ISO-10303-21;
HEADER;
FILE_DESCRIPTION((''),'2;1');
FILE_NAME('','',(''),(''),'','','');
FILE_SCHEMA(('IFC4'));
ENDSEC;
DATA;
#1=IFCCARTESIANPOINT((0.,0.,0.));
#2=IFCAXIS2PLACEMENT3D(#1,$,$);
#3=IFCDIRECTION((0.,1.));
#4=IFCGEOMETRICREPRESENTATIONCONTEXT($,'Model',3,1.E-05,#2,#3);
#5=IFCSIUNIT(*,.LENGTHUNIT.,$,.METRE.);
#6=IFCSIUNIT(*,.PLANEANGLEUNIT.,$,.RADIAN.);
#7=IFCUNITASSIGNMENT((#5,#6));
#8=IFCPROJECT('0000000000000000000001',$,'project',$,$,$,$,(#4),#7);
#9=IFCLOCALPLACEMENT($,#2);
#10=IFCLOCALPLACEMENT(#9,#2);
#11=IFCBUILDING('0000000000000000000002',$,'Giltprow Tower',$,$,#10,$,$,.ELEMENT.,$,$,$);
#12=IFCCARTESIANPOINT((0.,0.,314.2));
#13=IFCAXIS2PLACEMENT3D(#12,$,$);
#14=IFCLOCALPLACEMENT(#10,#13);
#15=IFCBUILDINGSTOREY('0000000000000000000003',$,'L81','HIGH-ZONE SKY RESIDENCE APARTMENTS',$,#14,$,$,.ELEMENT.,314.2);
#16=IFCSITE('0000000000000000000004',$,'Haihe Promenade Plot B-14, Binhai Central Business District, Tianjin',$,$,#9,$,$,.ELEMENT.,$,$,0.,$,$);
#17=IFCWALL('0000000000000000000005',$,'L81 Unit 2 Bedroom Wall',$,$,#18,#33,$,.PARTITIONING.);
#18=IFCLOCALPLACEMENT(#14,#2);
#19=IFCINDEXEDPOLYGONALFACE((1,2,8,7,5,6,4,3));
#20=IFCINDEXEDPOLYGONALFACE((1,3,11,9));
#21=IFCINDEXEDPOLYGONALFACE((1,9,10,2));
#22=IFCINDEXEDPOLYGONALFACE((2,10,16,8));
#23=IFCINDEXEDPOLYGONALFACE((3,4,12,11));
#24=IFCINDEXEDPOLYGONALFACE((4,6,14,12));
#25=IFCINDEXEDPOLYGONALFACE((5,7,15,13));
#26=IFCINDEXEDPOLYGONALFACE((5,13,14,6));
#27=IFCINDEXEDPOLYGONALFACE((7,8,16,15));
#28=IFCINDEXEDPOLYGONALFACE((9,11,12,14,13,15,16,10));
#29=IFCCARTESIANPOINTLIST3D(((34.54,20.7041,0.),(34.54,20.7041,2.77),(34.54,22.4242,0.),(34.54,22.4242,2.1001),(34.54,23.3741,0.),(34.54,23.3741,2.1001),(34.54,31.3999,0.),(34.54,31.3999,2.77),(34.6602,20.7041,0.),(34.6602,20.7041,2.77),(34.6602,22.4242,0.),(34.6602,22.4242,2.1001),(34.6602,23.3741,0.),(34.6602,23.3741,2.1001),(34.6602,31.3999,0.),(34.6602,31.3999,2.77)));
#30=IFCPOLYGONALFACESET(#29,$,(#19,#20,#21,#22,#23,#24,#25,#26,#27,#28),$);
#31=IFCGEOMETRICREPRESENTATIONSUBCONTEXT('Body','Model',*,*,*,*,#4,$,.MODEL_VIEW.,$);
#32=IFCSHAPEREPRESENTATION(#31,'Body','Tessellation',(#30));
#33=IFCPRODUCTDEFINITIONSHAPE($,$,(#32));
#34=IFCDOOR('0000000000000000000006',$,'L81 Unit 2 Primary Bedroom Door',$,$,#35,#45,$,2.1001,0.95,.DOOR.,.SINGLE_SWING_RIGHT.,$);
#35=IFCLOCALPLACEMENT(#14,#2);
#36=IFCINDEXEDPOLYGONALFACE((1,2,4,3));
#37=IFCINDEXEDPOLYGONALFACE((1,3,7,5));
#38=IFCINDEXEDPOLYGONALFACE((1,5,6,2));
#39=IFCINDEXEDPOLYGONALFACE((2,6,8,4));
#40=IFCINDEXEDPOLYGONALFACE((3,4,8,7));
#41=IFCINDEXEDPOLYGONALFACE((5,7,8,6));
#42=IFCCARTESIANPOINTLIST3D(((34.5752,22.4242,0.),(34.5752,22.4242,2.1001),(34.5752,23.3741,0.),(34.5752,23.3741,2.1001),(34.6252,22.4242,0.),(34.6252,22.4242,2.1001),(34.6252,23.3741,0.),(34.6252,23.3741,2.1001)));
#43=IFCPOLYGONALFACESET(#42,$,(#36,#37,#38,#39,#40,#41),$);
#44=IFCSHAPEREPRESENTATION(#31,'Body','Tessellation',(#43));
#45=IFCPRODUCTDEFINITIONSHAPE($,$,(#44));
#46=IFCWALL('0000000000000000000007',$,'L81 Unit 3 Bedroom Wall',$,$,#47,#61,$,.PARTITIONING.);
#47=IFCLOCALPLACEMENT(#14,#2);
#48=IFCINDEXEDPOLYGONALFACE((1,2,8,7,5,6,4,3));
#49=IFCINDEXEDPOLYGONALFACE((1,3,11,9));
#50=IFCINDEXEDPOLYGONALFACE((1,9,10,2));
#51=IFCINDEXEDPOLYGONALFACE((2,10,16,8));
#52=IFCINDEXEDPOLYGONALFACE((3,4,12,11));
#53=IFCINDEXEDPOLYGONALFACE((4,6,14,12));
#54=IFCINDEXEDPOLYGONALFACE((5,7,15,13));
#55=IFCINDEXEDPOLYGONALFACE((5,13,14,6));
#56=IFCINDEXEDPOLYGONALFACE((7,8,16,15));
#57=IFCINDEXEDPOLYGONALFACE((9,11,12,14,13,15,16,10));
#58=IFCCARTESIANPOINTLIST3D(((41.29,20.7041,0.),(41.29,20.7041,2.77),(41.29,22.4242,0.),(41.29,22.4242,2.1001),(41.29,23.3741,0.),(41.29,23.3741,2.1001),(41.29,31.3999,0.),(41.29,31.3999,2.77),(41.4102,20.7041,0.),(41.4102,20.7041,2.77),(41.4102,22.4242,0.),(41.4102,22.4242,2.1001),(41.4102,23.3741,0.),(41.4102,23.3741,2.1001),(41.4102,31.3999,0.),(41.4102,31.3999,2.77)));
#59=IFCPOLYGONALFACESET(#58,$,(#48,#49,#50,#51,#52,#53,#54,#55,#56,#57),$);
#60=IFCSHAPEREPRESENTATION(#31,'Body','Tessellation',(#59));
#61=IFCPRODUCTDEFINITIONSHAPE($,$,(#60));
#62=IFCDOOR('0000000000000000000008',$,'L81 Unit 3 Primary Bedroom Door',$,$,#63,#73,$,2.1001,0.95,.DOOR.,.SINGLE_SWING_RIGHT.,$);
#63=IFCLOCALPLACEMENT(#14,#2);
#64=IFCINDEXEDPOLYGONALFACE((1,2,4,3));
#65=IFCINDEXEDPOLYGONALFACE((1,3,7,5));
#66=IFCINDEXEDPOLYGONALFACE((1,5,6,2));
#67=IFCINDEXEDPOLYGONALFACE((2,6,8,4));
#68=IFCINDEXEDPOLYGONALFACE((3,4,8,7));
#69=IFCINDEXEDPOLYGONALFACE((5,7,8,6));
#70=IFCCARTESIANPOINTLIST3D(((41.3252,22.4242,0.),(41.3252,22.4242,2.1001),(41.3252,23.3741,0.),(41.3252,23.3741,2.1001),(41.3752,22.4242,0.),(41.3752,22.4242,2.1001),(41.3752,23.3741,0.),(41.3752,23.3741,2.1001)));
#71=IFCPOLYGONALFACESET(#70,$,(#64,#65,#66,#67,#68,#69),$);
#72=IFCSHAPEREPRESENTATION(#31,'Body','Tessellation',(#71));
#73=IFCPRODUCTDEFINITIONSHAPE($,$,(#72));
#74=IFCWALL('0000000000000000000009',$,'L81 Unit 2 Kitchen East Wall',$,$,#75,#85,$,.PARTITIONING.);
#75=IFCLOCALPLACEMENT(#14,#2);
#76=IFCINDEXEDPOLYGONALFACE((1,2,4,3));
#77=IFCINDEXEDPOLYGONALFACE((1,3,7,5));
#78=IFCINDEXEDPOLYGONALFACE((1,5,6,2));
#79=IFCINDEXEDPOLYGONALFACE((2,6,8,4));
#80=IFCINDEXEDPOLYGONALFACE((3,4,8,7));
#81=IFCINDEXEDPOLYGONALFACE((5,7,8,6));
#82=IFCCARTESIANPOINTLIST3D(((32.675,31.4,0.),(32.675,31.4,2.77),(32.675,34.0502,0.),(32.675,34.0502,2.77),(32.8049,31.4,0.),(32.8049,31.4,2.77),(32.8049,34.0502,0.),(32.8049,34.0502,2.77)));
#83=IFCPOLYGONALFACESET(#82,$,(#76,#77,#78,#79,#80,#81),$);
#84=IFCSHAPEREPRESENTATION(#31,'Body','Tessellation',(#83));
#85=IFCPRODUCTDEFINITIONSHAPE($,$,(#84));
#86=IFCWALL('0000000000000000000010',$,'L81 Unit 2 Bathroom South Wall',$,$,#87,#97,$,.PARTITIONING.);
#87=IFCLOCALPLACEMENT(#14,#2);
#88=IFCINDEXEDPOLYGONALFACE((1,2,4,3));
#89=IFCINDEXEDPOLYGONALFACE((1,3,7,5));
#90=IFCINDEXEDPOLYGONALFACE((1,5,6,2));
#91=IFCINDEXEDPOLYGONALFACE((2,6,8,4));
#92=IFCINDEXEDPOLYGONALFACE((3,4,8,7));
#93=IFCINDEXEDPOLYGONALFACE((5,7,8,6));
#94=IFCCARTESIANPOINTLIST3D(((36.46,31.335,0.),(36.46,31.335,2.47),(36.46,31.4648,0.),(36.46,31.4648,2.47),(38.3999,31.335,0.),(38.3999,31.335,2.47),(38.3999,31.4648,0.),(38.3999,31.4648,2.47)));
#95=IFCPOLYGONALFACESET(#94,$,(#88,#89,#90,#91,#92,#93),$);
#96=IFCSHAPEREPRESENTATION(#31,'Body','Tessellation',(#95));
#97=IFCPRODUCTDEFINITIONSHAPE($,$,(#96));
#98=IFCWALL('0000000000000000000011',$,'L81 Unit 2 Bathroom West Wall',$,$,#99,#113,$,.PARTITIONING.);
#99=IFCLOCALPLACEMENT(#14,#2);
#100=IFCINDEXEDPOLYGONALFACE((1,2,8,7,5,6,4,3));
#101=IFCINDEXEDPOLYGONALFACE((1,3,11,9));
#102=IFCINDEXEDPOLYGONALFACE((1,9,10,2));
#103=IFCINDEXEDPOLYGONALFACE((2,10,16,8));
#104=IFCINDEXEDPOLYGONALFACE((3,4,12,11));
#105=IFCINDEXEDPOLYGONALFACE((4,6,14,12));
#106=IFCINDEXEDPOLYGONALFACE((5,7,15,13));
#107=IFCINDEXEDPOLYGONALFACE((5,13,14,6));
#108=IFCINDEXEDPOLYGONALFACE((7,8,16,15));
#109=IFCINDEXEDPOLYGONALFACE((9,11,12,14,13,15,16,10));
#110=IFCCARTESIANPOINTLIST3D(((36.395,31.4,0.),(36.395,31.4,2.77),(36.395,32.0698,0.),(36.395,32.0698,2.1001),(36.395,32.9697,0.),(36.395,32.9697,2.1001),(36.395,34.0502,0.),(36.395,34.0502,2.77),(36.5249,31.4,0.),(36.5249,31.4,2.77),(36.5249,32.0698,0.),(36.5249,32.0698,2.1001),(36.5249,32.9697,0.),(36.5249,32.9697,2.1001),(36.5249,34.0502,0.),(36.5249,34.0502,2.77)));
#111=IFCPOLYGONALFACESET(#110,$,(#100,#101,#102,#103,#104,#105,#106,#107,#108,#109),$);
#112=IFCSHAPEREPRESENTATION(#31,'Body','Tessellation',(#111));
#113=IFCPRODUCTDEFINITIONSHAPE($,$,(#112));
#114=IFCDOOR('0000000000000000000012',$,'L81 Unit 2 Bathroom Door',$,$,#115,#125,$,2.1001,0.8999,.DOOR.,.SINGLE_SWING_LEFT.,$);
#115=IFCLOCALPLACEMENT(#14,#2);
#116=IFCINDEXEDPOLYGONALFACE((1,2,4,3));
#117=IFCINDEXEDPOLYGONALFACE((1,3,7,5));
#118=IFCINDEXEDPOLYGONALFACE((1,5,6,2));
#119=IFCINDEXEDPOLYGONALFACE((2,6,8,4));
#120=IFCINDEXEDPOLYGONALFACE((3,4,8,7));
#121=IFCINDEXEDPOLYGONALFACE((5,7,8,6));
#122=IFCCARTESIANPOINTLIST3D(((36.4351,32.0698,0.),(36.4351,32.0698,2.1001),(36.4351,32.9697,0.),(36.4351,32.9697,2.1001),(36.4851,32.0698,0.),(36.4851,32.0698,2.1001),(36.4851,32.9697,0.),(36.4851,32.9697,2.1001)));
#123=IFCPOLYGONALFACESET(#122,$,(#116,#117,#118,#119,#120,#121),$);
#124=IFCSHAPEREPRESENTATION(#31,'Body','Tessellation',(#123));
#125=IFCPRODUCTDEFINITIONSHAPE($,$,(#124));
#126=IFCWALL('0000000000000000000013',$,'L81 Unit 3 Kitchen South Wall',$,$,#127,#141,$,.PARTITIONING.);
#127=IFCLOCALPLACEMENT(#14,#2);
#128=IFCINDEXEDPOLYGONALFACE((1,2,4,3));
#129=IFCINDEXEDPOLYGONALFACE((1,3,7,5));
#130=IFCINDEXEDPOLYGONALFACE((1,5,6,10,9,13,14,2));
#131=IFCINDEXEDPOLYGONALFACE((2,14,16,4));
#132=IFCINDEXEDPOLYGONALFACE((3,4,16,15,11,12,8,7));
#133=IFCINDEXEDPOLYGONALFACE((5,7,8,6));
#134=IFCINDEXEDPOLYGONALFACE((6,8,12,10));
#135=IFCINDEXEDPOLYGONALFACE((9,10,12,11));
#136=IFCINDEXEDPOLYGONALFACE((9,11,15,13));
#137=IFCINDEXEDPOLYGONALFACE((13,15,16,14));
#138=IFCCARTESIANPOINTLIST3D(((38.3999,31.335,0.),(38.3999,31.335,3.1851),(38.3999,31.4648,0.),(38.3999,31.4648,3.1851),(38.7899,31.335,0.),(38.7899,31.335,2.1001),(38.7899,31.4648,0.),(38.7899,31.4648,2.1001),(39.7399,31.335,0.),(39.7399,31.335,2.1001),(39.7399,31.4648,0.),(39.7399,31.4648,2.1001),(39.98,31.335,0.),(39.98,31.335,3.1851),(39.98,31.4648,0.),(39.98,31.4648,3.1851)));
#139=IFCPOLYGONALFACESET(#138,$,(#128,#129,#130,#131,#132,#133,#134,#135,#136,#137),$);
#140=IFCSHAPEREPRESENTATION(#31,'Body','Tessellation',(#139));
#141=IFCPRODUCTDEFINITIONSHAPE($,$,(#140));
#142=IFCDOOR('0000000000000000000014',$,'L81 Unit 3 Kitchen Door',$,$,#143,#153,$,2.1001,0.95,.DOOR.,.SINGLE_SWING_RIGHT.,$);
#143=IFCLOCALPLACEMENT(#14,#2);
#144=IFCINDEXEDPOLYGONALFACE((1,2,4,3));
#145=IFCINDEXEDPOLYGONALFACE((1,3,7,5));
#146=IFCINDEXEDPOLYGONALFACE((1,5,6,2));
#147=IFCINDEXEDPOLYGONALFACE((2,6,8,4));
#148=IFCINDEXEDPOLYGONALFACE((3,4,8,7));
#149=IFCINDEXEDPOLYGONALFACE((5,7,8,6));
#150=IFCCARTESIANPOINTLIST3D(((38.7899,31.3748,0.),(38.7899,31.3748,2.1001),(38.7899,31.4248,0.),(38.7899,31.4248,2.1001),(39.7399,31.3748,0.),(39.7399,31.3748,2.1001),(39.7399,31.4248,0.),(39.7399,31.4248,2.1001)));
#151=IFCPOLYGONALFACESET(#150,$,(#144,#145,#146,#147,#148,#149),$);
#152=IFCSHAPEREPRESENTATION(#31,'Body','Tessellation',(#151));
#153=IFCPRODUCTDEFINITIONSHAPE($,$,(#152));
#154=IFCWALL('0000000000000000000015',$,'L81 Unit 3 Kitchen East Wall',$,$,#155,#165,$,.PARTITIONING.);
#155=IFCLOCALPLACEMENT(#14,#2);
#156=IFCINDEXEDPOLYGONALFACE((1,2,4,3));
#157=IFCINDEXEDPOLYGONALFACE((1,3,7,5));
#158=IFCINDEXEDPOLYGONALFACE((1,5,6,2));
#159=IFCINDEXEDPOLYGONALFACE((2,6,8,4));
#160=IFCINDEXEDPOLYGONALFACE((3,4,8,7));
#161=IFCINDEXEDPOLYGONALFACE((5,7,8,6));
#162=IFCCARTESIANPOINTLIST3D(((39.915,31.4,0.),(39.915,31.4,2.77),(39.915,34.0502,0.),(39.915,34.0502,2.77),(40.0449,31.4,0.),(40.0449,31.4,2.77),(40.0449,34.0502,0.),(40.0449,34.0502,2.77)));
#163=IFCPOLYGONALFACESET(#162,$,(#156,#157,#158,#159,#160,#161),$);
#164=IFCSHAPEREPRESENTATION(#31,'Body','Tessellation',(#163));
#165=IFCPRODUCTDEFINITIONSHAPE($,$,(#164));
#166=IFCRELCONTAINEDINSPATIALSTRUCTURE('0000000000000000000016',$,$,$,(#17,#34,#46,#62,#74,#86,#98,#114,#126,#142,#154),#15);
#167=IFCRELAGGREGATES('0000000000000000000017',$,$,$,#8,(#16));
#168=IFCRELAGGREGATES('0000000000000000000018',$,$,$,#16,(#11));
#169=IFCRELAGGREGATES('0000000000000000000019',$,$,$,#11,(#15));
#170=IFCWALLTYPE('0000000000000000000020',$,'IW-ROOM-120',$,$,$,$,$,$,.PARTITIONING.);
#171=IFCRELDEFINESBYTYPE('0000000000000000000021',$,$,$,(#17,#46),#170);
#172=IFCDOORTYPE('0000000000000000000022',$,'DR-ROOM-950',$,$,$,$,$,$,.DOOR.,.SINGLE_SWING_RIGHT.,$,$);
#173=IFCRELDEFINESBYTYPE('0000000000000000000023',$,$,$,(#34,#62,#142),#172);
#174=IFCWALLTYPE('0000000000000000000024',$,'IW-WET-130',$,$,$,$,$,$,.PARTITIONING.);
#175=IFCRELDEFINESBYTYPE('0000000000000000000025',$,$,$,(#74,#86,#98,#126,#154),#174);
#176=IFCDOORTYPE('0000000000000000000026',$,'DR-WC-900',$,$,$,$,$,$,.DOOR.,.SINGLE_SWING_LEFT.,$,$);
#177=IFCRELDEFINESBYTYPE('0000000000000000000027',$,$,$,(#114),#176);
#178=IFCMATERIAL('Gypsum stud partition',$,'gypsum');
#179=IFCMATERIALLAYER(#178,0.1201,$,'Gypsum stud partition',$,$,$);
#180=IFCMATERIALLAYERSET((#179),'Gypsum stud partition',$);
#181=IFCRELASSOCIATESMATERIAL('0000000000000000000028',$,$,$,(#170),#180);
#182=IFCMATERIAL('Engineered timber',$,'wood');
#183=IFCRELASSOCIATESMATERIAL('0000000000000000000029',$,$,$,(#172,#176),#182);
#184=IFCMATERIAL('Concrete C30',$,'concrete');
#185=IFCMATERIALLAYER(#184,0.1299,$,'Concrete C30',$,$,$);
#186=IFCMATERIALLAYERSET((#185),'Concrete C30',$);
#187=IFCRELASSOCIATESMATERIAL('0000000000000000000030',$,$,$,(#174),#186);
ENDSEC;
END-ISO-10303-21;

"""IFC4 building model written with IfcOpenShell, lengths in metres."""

from ifc_helpers import new_model, si_unit, direction, frame, frame_2d, origin, place, context, subcontext, project, spatial, rectangle, extrude, source, transform, mapped, material, layer, layer_set, type_object, element, fill, save


model = new_model("IFC4")

# Units and contexts
model_context = context("Model", 3, precision=1e-05, world=origin(), true_north=direction((0.0, 1.0)))
body_context = subcontext(model_context, "Body", "Model", "MODEL_VIEW")
ifc_project = project(units=[si_unit("LENGTHUNIT", "METRE"), si_unit("PLANEANGLEUNIT", "RADIAN")], contexts=[model_context])

# Site, building, storey
site_placement = place(None, origin())
site = spatial("IfcSite", under=ifc_project, at=site_placement, Name="Haihe Promenade Plot B-14, Binhai Central Business District, Tianjin", CompositionType="ELEMENT", RefElevation=0.0)
building_placement = place(site_placement, origin())
building = spatial("IfcBuilding", under=site, at=building_placement, Name="Giltprow Tower", CompositionType="ELEMENT")
storey_placement = place(building_placement, frame((0.0, 0.0, 314.2)))
storey = spatial("IfcBuildingStorey", under=building, at=storey_placement, Name="L81", Description="HIGH-ZONE SKY RESIDENCE APARTMENTS", CompositionType="ELEMENT", Elevation=314.2)

# Shared definitions
ifc_material_1 = material(Name="Gypsum stud partition", Category="gypsum")
ifc_layer_1 = layer(ifc_material_1, 0.1201, Name="Gypsum stud partition")
ifc_layer_set_1 = layer_set([ifc_layer_1], Name="Gypsum stud partition")
wall_type_1 = type_object("IfcWallType", Name="IW-ROOM-120", PredefinedType="PARTITIONING", material=ifc_layer_set_1)

# Walls, openings, doors
wall_1_placement = place(storey_placement, frame((34.6001, 20.7041, 0.0), z_axis=(0.0, 0.0, 1.0), x_axis=(0.0, 1.0, 0.0)))
wall_1 = element("IfcWall", 1, at=wall_1_placement, inside=storey, type_object=wall_type_1, Name="L81 Unit 2 Bedroom Wall", PredefinedType="PARTITIONING", context=body_context, shape_type="SweptSolid", body=[
    extrude(rectangle(XDim=10.6958, YDim=0.1201, at=frame_2d((5.3479, 0.0))), origin(), (0.0, 0.0, 1.0), 2.77),
])
opening_1_placement = place(wall_1_placement, frame((1.72, 0.0, 0.0)))
opening_1 = element("IfcOpeningElement", 2, at=opening_1_placement, cuts=wall_1, PredefinedType="OPENING", context=body_context, shape_type="SweptSolid", body=[
    extrude(rectangle(XDim=0.95, YDim=2.1001, at=frame_2d((0.4751, 1.05))), frame((0.0, 0.0701, 0.0), z_axis=(0.0, -1.0, 0.0), x_axis=(1.0, 0.0, 0.0)), (0.0, 0.0, 1.0), 0.1401),
])
ifc_material_2 = material(Name="Engineered timber", Category="wood")
door_type_1 = type_object("IfcDoorType", Name="DR-ROOM-950", OperationType="SINGLE_SWING_RIGHT", PredefinedType="DOOR", material=ifc_material_2)
shared_shape_1 = source(origin(), body_context, "Body", "SweptSolid", [
    extrude(rectangle(XDim=0.95, YDim=2.1001, at=frame_2d((0.4751, 1.05))), frame((0.0, 0.0249, 0.0), z_axis=(0.0, -1.0, 0.0), x_axis=(1.0, 0.0, 0.0)), (0.0, 0.0, 1.0), 0.05),
])
door_1_placement = place(opening_1_placement, origin())
door_1 = element("IfcDoor", 3, at=door_1_placement, inside=storey, type_object=door_type_1, Name="L81 Unit 2 Primary Bedroom Door", OperationType="SINGLE_SWING_RIGHT", OverallHeight=2.1001, OverallWidth=0.95, PredefinedType="DOOR", context=body_context, shape_type="MappedRepresentation", body=[
    mapped(shared_shape_1, transform((0.0, 0.0, 0.0), x_axis=(1.0, 0.0, 0.0), y_axis=(0.0, 1.0, 0.0), z_axis=(0.0, 0.0, 1.0), scale=1.0)),
])
fill(opening_1, door_1)
wall_2_placement = place(storey_placement, frame((41.3501, 20.7041, 0.0), z_axis=(0.0, 0.0, 1.0), x_axis=(0.0, 1.0, 0.0)))
wall_2 = element("IfcWall", 4, at=wall_2_placement, inside=storey, type_object=wall_type_1, Name="L81 Unit 3 Bedroom Wall", PredefinedType="PARTITIONING", context=body_context, shape_type="SweptSolid", body=[
    extrude(rectangle(XDim=10.6958, YDim=0.1201, at=frame_2d((5.3479, 0.0))), origin(), (0.0, 0.0, 1.0), 2.77),
])
opening_2_placement = place(wall_2_placement, frame((1.72, 0.0, 0.0)))
opening_2 = element("IfcOpeningElement", 5, at=opening_2_placement, cuts=wall_2, PredefinedType="OPENING", context=body_context, shape_type="SweptSolid", body=[
    extrude(rectangle(XDim=0.95, YDim=2.1001, at=frame_2d((0.4751, 1.05))), frame((0.0, 0.0701, 0.0), z_axis=(0.0, -1.0, 0.0), x_axis=(1.0, 0.0, 0.0)), (0.0, 0.0, 1.0), 0.1401),
])
door_2_placement = place(opening_2_placement, origin())
door_2 = element("IfcDoor", 6, at=door_2_placement, inside=storey, type_object=door_type_1, Name="L81 Unit 3 Primary Bedroom Door", OperationType="SINGLE_SWING_RIGHT", OverallHeight=2.1001, OverallWidth=0.95, PredefinedType="DOOR", context=body_context, shape_type="MappedRepresentation", body=[
    mapped(shared_shape_1, transform((0.0, 0.0, 0.0), x_axis=(1.0, 0.0, 0.0), y_axis=(0.0, 1.0, 0.0), z_axis=(0.0, 0.0, 1.0), scale=1.0)),
])
fill(opening_2, door_2)

# Walls
ifc_material_3 = material(Name="Concrete C30", Category="concrete")
ifc_layer_2 = layer(ifc_material_3, 0.1299, Name="Concrete C30")
ifc_layer_set_2 = layer_set([ifc_layer_2], Name="Concrete C30")
wall_type_2 = type_object("IfcWallType", Name="IW-WET-130", PredefinedType="PARTITIONING", material=ifc_layer_set_2)
wall_3_placement = place(storey_placement, frame((32.74, 31.3999, 0.0), z_axis=(0.0, 0.0, 1.0), x_axis=(0.0, 1.0, 0.0)))
element("IfcWall", 7, at=wall_3_placement, inside=storey, type_object=wall_type_2, Name="L81 Unit 2 Kitchen East Wall", PredefinedType="PARTITIONING", context=body_context, shape_type="SweptSolid", body=[
    extrude(rectangle(XDim=2.6501, YDim=0.1299, at=frame_2d((1.3252, 0.0))), origin(), (0.0, 0.0, 1.0), 2.77),
])
wall_4_placement = place(storey_placement, frame((36.46, 31.3999, 0.0), z_axis=(0.0, 0.0, 1.0), x_axis=(1.0, 0.0, 0.0)))
element("IfcWall", 8, at=wall_4_placement, inside=storey, type_object=wall_type_2, Name="L81 Unit 2 Bathroom South Wall", PredefinedType="PARTITIONING", context=body_context, shape_type="SweptSolid", body=[
    extrude(rectangle(XDim=1.9399, YDim=0.1299, at=frame_2d((0.97, 0.0))), origin(), (0.0, 0.0, 1.0), 2.47),
])

# Walls, openings, doors
wall_5_placement = place(storey_placement, frame((36.46, 31.3999, 0.0), z_axis=(0.0, 0.0, 1.0), x_axis=(0.0, 1.0, 0.0)))
wall_5 = element("IfcWall", 9, at=wall_5_placement, inside=storey, type_object=wall_type_2, Name="L81 Unit 2 Bathroom West Wall", PredefinedType="PARTITIONING", context=body_context, shape_type="SweptSolid", body=[
    extrude(rectangle(XDim=2.6501, YDim=0.1299, at=frame_2d((1.3252, 0.0))), origin(), (0.0, 0.0, 1.0), 2.77),
])
opening_3_placement = place(wall_5_placement, frame((0.6699, 0.0, 0.0)))
opening_3 = element("IfcOpeningElement", 10, at=opening_3_placement, cuts=wall_5, PredefinedType="OPENING", context=body_context, shape_type="SweptSolid", body=[
    extrude(rectangle(XDim=0.8999, YDim=2.1001, at=frame_2d((0.45, 1.05))), frame((0.0, 0.075, 0.0), z_axis=(0.0, -1.0, 0.0), x_axis=(1.0, 0.0, 0.0)), (0.0, 0.0, 1.0), 0.1499),
])
door_type_2 = type_object("IfcDoorType", Name="DR-WC-900", OperationType="SINGLE_SWING_LEFT", PredefinedType="DOOR", material=ifc_material_2)
shared_shape_2 = source(origin(), body_context, "Body", "SweptSolid", [
    extrude(rectangle(XDim=0.8999, YDim=2.1001, at=frame_2d((0.45, 1.05))), frame((0.0, 0.0249, 0.0), z_axis=(0.0, -1.0, 0.0), x_axis=(1.0, 0.0, 0.0)), (0.0, 0.0, 1.0), 0.05),
])
door_3_placement = place(opening_3_placement, origin())
door_3 = element("IfcDoor", 11, at=door_3_placement, inside=storey, type_object=door_type_2, Name="L81 Unit 2 Bathroom Door", OperationType="SINGLE_SWING_LEFT", OverallHeight=2.1001, OverallWidth=0.8999, PredefinedType="DOOR", context=body_context, shape_type="MappedRepresentation", body=[
    mapped(shared_shape_2, transform((0.0, 0.0, 0.0), x_axis=(1.0, 0.0, 0.0), y_axis=(0.0, 1.0, 0.0), z_axis=(0.0, 0.0, 1.0), scale=1.0)),
])
fill(opening_3, door_3)
wall_6_placement = place(storey_placement, frame((38.3999, 31.3999, 0.0), z_axis=(0.0, 0.0, 1.0), x_axis=(1.0, 0.0, 0.0)))
wall_6 = element("IfcWall", 12, at=wall_6_placement, inside=storey, type_object=wall_type_2, Name="L81 Unit 3 Kitchen South Wall", PredefinedType="PARTITIONING", context=body_context, shape_type="SweptSolid", body=[
    extrude(rectangle(XDim=1.5801, YDim=0.1299, at=frame_2d((0.79, 0.0))), origin(), (0.0, 0.0, 1.0), 3.1851),
])
opening_4_placement = place(wall_6_placement, frame((0.3899, 0.0, 0.0)))
opening_4 = element("IfcOpeningElement", 13, at=opening_4_placement, cuts=wall_6, PredefinedType="OPENING", context=body_context, shape_type="SweptSolid", body=[
    extrude(rectangle(XDim=0.95, YDim=2.1001, at=frame_2d((0.4751, 1.05))), frame((0.0, 0.075, 0.0), z_axis=(0.0, -1.0, 0.0), x_axis=(1.0, 0.0, 0.0)), (0.0, 0.0, 1.0), 0.1499),
])
door_4_placement = place(opening_4_placement, origin())
door_4 = element("IfcDoor", 14, at=door_4_placement, inside=storey, type_object=door_type_1, Name="L81 Unit 3 Kitchen Door", OperationType="SINGLE_SWING_RIGHT", OverallHeight=2.1001, OverallWidth=0.95, PredefinedType="DOOR", context=body_context, shape_type="MappedRepresentation", body=[
    mapped(shared_shape_1, transform((0.0, 0.0, 0.0), x_axis=(1.0, 0.0, 0.0), y_axis=(0.0, 1.0, 0.0), z_axis=(0.0, 0.0, 1.0), scale=1.0)),
])
fill(opening_4, door_4)

# Wall
wall_7_placement = place(storey_placement, frame((39.98, 31.3999, 0.0), z_axis=(0.0, 0.0, 1.0), x_axis=(0.0, 1.0, 0.0)))
element("IfcWall", 15, at=wall_7_placement, inside=storey, type_object=wall_type_2, Name="L81 Unit 3 Kitchen East Wall", PredefinedType="PARTITIONING", context=body_context, shape_type="SweptSolid", body=[
    extrude(rectangle(XDim=2.6501, YDim=0.1299, at=frame_2d((1.3252, 0.0))), origin(), (0.0, 0.0, 1.0), 2.77),
])

save(model, "model.ifc")
